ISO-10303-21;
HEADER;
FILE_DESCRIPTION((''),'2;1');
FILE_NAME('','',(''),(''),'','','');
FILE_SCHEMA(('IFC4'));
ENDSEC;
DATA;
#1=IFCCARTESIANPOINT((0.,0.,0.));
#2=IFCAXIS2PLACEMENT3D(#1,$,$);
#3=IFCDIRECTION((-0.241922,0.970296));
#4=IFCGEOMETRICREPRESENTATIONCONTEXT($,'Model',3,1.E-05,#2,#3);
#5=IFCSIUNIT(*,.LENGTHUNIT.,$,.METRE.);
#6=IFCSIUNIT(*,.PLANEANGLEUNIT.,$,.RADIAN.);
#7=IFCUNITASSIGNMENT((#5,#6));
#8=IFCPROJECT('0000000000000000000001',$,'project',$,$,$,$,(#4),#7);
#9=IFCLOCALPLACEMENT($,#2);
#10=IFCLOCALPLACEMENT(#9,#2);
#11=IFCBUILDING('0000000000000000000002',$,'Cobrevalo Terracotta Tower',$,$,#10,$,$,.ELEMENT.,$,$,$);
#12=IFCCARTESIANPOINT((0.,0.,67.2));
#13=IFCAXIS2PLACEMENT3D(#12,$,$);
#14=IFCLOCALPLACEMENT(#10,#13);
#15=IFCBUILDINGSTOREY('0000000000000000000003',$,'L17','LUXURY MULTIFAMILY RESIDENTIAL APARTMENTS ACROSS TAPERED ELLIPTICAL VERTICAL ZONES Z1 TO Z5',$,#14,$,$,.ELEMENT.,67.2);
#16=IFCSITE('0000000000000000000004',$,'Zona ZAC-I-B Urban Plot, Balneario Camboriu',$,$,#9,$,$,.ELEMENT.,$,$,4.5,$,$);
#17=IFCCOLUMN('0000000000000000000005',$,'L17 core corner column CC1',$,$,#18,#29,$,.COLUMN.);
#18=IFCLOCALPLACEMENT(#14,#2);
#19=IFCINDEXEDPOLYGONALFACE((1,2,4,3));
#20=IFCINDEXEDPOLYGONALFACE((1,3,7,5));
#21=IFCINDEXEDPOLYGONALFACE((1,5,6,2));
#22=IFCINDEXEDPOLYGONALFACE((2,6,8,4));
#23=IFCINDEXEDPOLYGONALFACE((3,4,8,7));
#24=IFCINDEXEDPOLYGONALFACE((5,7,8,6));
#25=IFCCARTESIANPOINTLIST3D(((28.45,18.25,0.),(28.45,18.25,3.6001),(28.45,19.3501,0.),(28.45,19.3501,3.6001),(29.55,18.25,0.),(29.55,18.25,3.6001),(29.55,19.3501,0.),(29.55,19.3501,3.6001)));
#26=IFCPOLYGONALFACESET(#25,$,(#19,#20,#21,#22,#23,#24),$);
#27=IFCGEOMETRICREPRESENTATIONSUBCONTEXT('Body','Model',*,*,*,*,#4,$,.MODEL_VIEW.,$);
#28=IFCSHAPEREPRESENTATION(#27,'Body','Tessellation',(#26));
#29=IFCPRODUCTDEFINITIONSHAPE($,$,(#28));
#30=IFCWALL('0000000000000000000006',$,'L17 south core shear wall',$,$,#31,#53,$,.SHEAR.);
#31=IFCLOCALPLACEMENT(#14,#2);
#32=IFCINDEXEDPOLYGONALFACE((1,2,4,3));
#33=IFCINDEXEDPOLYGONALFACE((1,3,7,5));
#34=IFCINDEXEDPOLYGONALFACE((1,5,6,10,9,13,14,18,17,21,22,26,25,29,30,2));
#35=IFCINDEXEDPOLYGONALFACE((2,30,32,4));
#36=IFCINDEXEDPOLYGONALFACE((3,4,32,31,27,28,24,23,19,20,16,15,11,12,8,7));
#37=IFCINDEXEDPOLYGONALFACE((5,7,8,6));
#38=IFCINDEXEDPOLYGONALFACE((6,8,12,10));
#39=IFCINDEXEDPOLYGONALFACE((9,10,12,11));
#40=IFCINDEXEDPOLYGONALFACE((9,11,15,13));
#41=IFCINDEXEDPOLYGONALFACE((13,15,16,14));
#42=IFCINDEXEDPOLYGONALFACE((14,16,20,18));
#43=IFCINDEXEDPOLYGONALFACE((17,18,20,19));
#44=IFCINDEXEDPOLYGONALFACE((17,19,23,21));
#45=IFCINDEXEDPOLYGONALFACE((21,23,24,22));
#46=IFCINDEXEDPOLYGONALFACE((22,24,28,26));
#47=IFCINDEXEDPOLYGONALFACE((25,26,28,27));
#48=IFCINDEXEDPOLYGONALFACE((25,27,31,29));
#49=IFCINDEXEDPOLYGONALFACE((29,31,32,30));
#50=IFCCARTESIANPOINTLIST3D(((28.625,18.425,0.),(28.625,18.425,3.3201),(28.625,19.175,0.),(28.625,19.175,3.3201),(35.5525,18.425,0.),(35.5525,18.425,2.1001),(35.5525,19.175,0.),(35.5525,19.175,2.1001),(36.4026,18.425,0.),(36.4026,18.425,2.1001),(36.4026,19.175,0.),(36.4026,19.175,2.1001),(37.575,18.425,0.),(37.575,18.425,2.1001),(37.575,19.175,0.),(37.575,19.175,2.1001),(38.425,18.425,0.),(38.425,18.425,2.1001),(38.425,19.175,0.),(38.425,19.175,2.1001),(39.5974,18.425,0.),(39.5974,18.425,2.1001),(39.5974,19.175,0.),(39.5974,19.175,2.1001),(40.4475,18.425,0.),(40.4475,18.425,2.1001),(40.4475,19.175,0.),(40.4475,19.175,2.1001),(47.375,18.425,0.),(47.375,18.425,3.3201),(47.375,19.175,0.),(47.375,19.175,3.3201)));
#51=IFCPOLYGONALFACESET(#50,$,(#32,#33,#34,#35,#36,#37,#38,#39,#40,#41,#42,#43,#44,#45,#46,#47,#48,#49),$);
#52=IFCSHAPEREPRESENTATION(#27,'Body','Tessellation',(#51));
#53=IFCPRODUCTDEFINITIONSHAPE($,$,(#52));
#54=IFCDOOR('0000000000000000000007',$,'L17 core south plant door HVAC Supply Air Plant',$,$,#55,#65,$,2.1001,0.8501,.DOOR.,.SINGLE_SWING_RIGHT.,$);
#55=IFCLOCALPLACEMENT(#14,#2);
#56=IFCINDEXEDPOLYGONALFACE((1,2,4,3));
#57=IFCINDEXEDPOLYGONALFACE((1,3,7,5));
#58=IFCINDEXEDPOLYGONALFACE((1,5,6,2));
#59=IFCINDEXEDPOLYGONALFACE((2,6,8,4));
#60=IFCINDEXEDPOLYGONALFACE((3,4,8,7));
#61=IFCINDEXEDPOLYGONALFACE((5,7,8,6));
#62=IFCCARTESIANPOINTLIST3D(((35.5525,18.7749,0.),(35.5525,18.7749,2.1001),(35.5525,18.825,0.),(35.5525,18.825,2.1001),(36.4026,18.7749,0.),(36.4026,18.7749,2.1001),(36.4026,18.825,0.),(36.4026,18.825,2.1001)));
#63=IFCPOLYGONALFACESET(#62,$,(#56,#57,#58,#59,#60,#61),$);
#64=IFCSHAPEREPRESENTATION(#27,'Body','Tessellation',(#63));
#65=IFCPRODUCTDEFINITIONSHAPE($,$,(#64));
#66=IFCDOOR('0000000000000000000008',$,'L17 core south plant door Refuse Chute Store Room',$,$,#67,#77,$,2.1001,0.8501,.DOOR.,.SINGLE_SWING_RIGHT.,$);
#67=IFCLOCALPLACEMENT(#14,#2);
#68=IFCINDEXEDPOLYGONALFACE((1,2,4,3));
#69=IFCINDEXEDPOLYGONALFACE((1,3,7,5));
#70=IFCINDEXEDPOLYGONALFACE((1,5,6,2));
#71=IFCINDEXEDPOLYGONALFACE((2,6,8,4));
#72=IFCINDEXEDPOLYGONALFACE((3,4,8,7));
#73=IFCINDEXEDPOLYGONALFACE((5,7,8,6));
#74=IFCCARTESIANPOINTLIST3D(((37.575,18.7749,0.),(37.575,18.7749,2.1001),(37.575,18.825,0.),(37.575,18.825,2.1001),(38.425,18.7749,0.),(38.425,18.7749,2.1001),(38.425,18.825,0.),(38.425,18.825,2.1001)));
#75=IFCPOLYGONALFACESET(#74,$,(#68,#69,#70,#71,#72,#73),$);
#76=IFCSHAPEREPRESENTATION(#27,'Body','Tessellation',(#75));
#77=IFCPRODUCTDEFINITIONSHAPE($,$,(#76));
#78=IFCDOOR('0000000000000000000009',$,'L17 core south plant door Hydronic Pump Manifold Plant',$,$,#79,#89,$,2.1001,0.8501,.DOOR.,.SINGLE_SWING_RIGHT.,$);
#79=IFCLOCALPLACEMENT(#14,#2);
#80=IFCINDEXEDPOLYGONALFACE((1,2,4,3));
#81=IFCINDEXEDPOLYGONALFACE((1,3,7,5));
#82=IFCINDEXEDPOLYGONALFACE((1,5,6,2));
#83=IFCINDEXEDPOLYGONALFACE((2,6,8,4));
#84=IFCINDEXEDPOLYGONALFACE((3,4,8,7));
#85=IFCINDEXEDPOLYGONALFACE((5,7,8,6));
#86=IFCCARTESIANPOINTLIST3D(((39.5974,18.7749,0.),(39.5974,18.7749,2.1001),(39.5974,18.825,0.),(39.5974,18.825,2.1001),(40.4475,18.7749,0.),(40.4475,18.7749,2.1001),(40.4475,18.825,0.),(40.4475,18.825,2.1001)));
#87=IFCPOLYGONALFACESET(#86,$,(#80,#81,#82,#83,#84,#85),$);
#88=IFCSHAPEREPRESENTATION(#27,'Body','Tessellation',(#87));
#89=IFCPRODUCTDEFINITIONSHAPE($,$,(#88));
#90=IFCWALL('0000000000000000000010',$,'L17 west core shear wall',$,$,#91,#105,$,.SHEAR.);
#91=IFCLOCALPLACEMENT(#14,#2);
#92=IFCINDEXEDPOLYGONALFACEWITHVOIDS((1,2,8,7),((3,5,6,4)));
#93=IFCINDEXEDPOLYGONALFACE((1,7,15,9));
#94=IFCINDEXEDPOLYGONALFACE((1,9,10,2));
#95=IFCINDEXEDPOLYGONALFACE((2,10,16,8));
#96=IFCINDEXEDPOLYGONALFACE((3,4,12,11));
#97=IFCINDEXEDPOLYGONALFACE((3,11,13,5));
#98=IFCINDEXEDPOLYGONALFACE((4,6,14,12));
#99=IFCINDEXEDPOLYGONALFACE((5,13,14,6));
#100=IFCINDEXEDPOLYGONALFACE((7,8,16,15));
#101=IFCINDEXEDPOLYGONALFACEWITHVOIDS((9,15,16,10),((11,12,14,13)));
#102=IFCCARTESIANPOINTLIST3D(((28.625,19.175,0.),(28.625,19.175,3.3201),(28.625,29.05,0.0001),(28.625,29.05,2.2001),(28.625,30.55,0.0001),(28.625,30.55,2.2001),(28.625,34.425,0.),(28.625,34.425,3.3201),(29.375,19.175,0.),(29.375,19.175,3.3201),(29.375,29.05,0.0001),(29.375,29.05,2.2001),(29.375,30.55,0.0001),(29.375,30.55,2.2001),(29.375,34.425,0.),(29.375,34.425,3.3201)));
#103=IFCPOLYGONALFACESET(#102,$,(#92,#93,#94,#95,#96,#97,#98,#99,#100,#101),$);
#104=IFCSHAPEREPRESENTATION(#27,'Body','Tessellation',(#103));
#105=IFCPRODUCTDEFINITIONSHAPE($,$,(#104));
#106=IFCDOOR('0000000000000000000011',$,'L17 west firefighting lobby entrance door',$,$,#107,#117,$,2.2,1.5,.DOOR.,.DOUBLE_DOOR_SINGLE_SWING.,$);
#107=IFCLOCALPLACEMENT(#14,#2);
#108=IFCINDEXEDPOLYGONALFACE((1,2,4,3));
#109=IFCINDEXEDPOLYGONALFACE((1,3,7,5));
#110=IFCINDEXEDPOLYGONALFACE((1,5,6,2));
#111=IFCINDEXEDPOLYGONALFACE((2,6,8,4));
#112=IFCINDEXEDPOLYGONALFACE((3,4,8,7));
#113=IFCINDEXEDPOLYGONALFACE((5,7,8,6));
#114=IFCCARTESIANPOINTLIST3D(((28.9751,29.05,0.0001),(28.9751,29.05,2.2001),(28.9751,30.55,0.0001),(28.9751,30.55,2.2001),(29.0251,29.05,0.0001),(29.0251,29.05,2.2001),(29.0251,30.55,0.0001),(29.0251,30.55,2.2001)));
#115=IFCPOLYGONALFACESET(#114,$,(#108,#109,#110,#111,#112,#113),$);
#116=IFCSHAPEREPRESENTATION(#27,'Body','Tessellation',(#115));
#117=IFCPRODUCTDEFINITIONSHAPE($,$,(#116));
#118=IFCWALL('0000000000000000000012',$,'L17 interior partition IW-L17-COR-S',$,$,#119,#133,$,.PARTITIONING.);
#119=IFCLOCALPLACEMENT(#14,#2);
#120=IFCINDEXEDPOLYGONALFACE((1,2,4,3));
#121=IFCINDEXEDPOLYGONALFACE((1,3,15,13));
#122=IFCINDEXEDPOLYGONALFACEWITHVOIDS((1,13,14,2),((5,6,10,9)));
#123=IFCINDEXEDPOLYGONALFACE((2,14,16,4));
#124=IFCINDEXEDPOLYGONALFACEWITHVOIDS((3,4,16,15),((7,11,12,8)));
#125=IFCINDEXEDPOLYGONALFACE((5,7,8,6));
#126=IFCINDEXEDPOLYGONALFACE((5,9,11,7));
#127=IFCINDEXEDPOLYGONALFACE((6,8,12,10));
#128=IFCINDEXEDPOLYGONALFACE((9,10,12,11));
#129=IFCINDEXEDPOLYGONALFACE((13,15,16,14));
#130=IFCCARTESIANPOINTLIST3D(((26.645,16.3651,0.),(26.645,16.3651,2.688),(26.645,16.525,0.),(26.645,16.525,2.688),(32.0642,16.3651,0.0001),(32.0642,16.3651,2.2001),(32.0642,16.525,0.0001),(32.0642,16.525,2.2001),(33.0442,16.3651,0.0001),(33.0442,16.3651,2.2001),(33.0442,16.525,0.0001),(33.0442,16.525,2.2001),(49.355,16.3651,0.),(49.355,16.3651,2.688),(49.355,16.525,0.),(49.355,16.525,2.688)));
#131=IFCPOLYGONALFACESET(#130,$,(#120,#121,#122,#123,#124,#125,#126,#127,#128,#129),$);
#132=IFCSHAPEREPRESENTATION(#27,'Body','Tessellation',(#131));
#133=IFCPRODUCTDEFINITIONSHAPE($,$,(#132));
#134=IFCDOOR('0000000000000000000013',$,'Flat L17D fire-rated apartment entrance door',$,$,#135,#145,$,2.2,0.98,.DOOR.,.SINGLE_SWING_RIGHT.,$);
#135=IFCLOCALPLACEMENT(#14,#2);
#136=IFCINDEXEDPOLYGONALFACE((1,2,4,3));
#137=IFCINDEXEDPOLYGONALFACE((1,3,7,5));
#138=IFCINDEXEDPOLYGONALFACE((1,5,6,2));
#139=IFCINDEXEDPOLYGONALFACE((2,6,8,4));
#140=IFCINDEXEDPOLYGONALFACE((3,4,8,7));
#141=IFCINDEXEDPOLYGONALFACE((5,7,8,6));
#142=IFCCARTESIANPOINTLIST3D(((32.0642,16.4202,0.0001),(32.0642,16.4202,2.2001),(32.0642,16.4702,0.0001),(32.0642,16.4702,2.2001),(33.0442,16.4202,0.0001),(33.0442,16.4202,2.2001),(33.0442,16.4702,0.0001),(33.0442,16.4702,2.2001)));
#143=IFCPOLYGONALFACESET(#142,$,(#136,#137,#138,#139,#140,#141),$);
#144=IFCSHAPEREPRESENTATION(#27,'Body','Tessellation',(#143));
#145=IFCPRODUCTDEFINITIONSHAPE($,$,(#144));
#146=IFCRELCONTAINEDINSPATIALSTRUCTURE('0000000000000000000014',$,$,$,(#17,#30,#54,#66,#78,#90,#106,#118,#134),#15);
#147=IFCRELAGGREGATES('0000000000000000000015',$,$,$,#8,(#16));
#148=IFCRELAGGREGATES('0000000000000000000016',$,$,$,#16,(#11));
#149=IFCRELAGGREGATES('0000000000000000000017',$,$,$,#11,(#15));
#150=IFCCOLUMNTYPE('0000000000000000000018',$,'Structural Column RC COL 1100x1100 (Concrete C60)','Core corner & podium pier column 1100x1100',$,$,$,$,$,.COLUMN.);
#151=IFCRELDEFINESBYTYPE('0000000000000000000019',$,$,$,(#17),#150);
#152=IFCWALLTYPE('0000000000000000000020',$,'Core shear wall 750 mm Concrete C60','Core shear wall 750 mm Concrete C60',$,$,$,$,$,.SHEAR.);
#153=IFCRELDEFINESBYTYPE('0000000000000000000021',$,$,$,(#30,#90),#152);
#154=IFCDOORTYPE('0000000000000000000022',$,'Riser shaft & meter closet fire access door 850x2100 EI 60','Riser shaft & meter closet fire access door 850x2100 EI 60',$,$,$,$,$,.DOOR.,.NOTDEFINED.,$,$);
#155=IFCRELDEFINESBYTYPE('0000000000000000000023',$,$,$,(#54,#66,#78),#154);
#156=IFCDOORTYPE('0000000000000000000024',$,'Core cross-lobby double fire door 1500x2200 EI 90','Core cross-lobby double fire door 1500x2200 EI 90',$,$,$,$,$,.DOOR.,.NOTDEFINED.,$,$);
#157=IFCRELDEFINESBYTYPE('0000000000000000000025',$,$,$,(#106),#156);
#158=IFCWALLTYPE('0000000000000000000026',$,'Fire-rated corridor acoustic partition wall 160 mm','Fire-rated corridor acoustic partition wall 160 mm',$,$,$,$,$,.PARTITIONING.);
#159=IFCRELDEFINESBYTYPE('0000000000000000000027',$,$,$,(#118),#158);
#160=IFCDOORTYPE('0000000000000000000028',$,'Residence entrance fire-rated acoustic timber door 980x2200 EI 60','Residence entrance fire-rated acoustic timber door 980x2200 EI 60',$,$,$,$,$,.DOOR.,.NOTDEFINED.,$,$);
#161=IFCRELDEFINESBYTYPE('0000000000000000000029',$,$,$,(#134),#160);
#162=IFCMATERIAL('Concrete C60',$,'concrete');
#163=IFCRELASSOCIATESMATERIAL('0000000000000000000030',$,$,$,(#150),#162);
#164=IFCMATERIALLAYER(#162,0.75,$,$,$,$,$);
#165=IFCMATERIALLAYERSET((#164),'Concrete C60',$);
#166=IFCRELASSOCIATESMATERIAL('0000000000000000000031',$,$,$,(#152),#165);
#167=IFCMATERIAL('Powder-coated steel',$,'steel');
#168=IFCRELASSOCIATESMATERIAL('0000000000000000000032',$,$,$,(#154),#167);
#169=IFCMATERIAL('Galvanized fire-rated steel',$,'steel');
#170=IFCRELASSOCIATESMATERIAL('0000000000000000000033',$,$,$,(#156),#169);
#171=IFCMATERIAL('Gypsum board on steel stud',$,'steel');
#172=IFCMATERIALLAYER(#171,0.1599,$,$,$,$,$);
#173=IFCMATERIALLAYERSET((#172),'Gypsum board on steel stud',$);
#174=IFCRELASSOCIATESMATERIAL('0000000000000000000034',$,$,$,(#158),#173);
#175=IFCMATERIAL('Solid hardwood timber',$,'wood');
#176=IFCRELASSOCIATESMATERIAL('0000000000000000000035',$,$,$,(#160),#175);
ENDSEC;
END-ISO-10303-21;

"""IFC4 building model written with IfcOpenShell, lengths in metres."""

from ifc_helpers import new_model, si_unit, direction, frame, frame_2d, origin, origin_2d, place, context, subcontext, project, spatial, rectangle, extrude, source, transform, mapped, material, layer, layer_set, material_profile, profile_set, type_object, element, fill, save


model = new_model("IFC4")

# Units and contexts
model_context = context("Model", 3, precision=1e-05, world=origin(), true_north=direction((-0.241922, 0.970296)))
body_context = subcontext(model_context, "Body", "Model", "MODEL_VIEW")
ifc_project = project(units=[si_unit("LENGTHUNIT", "METRE"), si_unit("PLANEANGLEUNIT", "RADIAN")], contexts=[model_context])

# Site, building, storey
site_placement = place(None, origin())
site = spatial("IfcSite", under=ifc_project, at=site_placement, Name="Zona ZAC-I-B Urban Plot, Balneario Camboriu", CompositionType="ELEMENT", RefElevation=4.5)
building_placement = place(site_placement, origin())
building = spatial("IfcBuilding", under=site, at=building_placement, Name="Cobrevalo Terracotta Tower", CompositionType="ELEMENT")
storey_placement = place(building_placement, frame((0.0, 0.0, 67.2)))
storey = spatial("IfcBuildingStorey", under=building, at=storey_placement, Name="L17", Description="LUXURY MULTIFAMILY RESIDENTIAL APARTMENTS ACROSS TAPERED ELLIPTICAL VERTICAL ZONES Z1 TO Z5", CompositionType="ELEMENT", Elevation=67.2)

# Column
ifc_material_1 = material(Name="Concrete C60", Category="concrete")
ifc_material_profile = material_profile(ifc_material_1, rectangle(XDim=1.1001, YDim=1.1001, at=origin_2d()), Name="RC COL 1100x1100")
ifc_profile_set = profile_set([ifc_material_profile], Name="Concrete C60")
column_type = type_object("IfcColumnType", Name="Structural Column RC COL 1100x1100 (Concrete C60)", Description="Core corner & podium pier column 1100x1100", PredefinedType="COLUMN", material=ifc_profile_set)
column_placement = place(storey_placement, frame((29.0, 18.8, 0.0), z_axis=(0.0, 0.0, 1.0), x_axis=(1.0, 0.0, 0.0)))
element("IfcColumn", 1, at=column_placement, inside=storey, type_object=column_type, Name="L17 core corner column CC1", PredefinedType="COLUMN", context=body_context, shape_type="SweptSolid", body=[
    extrude(rectangle(XDim=1.1001, YDim=1.1001, at=origin_2d()), origin(), (0.0, 0.0, 1.0), 3.6001),
])

# Wall, openings, doors
ifc_layer_1 = layer(ifc_material_1, 0.75)
ifc_layer_set_1 = layer_set([ifc_layer_1], Name="Concrete C60")
wall_type_1 = type_object("IfcWallType", Name="Core shear wall 750 mm Concrete C60", Description="Core shear wall 750 mm Concrete C60", PredefinedType="SHEAR", material=ifc_layer_set_1)
wall_1_placement = place(storey_placement, frame((28.625, 18.8, 0.0), z_axis=(0.0, 0.0, 1.0), x_axis=(1.0, 0.0, 0.0)))
wall_1 = element("IfcWall", 2, at=wall_1_placement, inside=storey, type_object=wall_type_1, Name="L17 south core shear wall", PredefinedType="SHEAR", context=body_context, shape_type="SweptSolid", body=[
    extrude(rectangle(XDim=18.75, YDim=0.75, at=frame_2d((9.375, 0.0))), origin(), (0.0, 0.0, 1.0), 3.3201),
])
opening_1_placement = place(wall_1_placement, frame((6.9275, 0.0, 0.0)))
opening_1 = element("IfcOpeningElement", 3, at=opening_1_placement, cuts=wall_1, PredefinedType="OPENING", context=body_context, shape_type="SweptSolid", body=[
    extrude(rectangle(XDim=0.8501, YDim=2.1001, at=frame_2d((0.425, 1.05))), frame((0.0, 0.385, 0.0), z_axis=(0.0, -1.0, 0.0), x_axis=(1.0, 0.0, 0.0)), (0.0, 0.0, 1.0), 0.77),
])
opening_2_placement = place(wall_1_placement, frame((8.95, 0.0, 0.0)))
opening_2 = element("IfcOpeningElement", 4, at=opening_2_placement, cuts=wall_1, PredefinedType="OPENING", context=body_context, shape_type="SweptSolid", body=[
    extrude(rectangle(XDim=0.8501, YDim=2.1001, at=frame_2d((0.425, 1.05))), frame((0.0, 0.385, 0.0), z_axis=(0.0, -1.0, 0.0), x_axis=(1.0, 0.0, 0.0)), (0.0, 0.0, 1.0), 0.77),
])
opening_3_placement = place(wall_1_placement, frame((10.9724, 0.0, 0.0)))
opening_3 = element("IfcOpeningElement", 5, at=opening_3_placement, cuts=wall_1, PredefinedType="OPENING", context=body_context, shape_type="SweptSolid", body=[
    extrude(rectangle(XDim=0.8501, YDim=2.1001, at=frame_2d((0.425, 1.05))), frame((0.0, 0.385, 0.0), z_axis=(0.0, -1.0, 0.0), x_axis=(1.0, 0.0, 0.0)), (0.0, 0.0, 1.0), 0.77),
])
ifc_material_2 = material(Name="Powder-coated steel", Category="steel")
door_type_1 = type_object("IfcDoorType", Name="Riser shaft & meter closet fire access door 850x2100 EI 60", Description="Riser shaft & meter closet fire access door 850x2100 EI 60", OperationType="NOTDEFINED", PredefinedType="DOOR", material=ifc_material_2)
shared_shape_1 = source(origin(), body_context, "Body", "SweptSolid", [
    extrude(rectangle(XDim=0.8501, YDim=2.1001, at=frame_2d((0.425, 1.05))), frame((0.0, 0.0249, 0.0), z_axis=(0.0, -1.0, 0.0), x_axis=(1.0, 0.0, 0.0)), (0.0, 0.0, 1.0), 0.05),
])
door_1_placement = place(opening_1_placement, origin())
door_1 = element("IfcDoor", 6, at=door_1_placement, inside=storey, type_object=door_type_1, Name="L17 core south plant door HVAC Supply Air Plant", OperationType="SINGLE_SWING_RIGHT", OverallHeight=2.1001, OverallWidth=0.8501, PredefinedType="DOOR", context=body_context, shape_type="MappedRepresentation", body=[
    mapped(shared_shape_1, transform((0.0, 0.0, 0.0), scale=1.0)),
])
fill(opening_1, door_1)
door_2_placement = place(opening_2_placement, origin())
door_2 = element("IfcDoor", 7, at=door_2_placement, inside=storey, type_object=door_type_1, Name="L17 core south plant door Refuse Chute Store Room", OperationType="SINGLE_SWING_RIGHT", OverallHeight=2.1001, OverallWidth=0.8501, PredefinedType="DOOR", context=body_context, shape_type="MappedRepresentation", body=[
    mapped(shared_shape_1, transform((0.0, 0.0, 0.0), scale=1.0)),
])
fill(opening_2, door_2)
door_3_placement = place(opening_3_placement, origin())
door_3 = element("IfcDoor", 8, at=door_3_placement, inside=storey, type_object=door_type_1, Name="L17 core south plant door Hydronic Pump Manifold Plant", OperationType="SINGLE_SWING_RIGHT", OverallHeight=2.1001, OverallWidth=0.8501, PredefinedType="DOOR", context=body_context, shape_type="MappedRepresentation", body=[
    mapped(shared_shape_1, transform((0.0, 0.0, 0.0), scale=1.0)),
])
fill(opening_3, door_3)

# Walls, openings, doors
wall_2_placement = place(storey_placement, frame((29.0, 19.175, 0.0), z_axis=(0.0, 0.0, 1.0), x_axis=(0.0, 1.0, 0.0)))
wall_2 = element("IfcWall", 9, at=wall_2_placement, inside=storey, type_object=wall_type_1, Name="L17 west core shear wall", PredefinedType="SHEAR", context=body_context, shape_type="SweptSolid", body=[
    extrude(rectangle(XDim=15.25, YDim=0.75, at=frame_2d((7.625, 0.0))), origin(), (0.0, 0.0, 1.0), 3.3201),
])
opening_4_placement = place(wall_2_placement, frame((9.875, 0.0, 0.0)))
opening_4 = element("IfcOpeningElement", 10, at=opening_4_placement, cuts=wall_2, PredefinedType="OPENING", context=body_context, shape_type="SweptSolid", body=[
    extrude(rectangle(XDim=1.5, YDim=2.2, at=frame_2d((0.75, 1.1001))), frame((0.0, 0.385, 0.0), z_axis=(0.0, -1.0, 0.0), x_axis=(1.0, 0.0, 0.0)), (0.0, 0.0, 1.0), 0.77),
])
ifc_material_3 = material(Name="Galvanized fire-rated steel", Category="steel")
door_type_2 = type_object("IfcDoorType", Name="Core cross-lobby double fire door 1500x2200 EI 90", Description="Core cross-lobby double fire door 1500x2200 EI 90", OperationType="NOTDEFINED", PredefinedType="DOOR", material=ifc_material_3)
shared_shape_2 = source(origin(), body_context, "Body", "SweptSolid", [
    extrude(rectangle(XDim=1.5, YDim=2.2, at=frame_2d((0.75, 1.1001))), frame((0.0, 0.0249, 0.0), z_axis=(0.0, -1.0, 0.0), x_axis=(1.0, 0.0, 0.0)), (0.0, 0.0, 1.0), 0.05),
])
door_4_placement = place(opening_4_placement, origin())
door_4 = element("IfcDoor", 11, at=door_4_placement, inside=storey, type_object=door_type_2, Name="L17 west firefighting lobby entrance door", OperationType="DOUBLE_DOOR_SINGLE_SWING", OverallHeight=2.2, OverallWidth=1.5, PredefinedType="DOOR", context=body_context, shape_type="MappedRepresentation", body=[
    mapped(shared_shape_2, transform((0.0, 0.0, 0.0), scale=1.0)),
])
fill(opening_4, door_4)
ifc_material_4 = material(Name="Gypsum board on steel stud", Category="steel")
ifc_layer_2 = layer(ifc_material_4, 0.1599)
ifc_layer_set_2 = layer_set([ifc_layer_2], Name="Gypsum board on steel stud")
wall_type_2 = type_object("IfcWallType", Name="Fire-rated corridor acoustic partition wall 160 mm", Description="Fire-rated corridor acoustic partition wall 160 mm", PredefinedType="PARTITIONING", material=ifc_layer_set_2)
wall_3_placement = place(storey_placement, frame((26.645, 16.4451, 0.0), z_axis=(0.0, 0.0, 1.0), x_axis=(1.0, 0.0, 0.0)))
wall_3 = element("IfcWall", 12, at=wall_3_placement, inside=storey, type_object=wall_type_2, Name="L17 interior partition IW-L17-COR-S", PredefinedType="PARTITIONING", context=body_context, shape_type="SweptSolid", body=[
    extrude(rectangle(XDim=22.71, YDim=0.1599, at=frame_2d((11.355, 0.0))), origin(), (0.0, 0.0, 1.0), 2.688),
])
opening_5_placement = place(wall_3_placement, frame((5.4192, 0.0, 0.0)))
opening_5 = element("IfcOpeningElement", 13, at=opening_5_placement, cuts=wall_3, PredefinedType="OPENING", context=body_context, shape_type="SweptSolid", body=[
    extrude(rectangle(XDim=0.98, YDim=2.2, at=frame_2d((0.49, 1.1001))), frame((0.0, 0.0898, 0.0), z_axis=(0.0, -1.0, 0.0), x_axis=(1.0, 0.0, 0.0)), (0.0, 0.0, 1.0), 0.1799),
])
ifc_material_5 = material(Name="Solid hardwood timber", Category="wood")
door_type_3 = type_object("IfcDoorType", Name="Residence entrance fire-rated acoustic timber door 980x2200 EI 60", Description="Residence entrance fire-rated acoustic timber door 980x2200 EI 60", OperationType="NOTDEFINED", PredefinedType="DOOR", material=ifc_material_5)
shared_shape_3 = source(origin(), body_context, "Body", "SweptSolid", [
    extrude(rectangle(XDim=0.98, YDim=2.2, at=frame_2d((0.49, 1.1001))), frame((0.0, 0.0249, 0.0), z_axis=(0.0, -1.0, 0.0), x_axis=(1.0, 0.0, 0.0)), (0.0, 0.0, 1.0), 0.05),
])
door_5_placement = place(opening_5_placement, frame((0.98, 0.0, 0.0), z_axis=(0.0, 0.0, 1.0), x_axis=(-1.0, 0.0, 0.0)))
door_5 = element("IfcDoor", 14, at=door_5_placement, inside=storey, type_object=door_type_3, Name="Flat L17D fire-rated apartment entrance door", OperationType="SINGLE_SWING_RIGHT", OverallHeight=2.2, OverallWidth=0.98, PredefinedType="DOOR", context=body_context, shape_type="MappedRepresentation", body=[
    mapped(shared_shape_3, transform((0.0, 0.0, 0.0), scale=1.0)),
])
fill(opening_5, door_5)

save(model, "model.ifc")
